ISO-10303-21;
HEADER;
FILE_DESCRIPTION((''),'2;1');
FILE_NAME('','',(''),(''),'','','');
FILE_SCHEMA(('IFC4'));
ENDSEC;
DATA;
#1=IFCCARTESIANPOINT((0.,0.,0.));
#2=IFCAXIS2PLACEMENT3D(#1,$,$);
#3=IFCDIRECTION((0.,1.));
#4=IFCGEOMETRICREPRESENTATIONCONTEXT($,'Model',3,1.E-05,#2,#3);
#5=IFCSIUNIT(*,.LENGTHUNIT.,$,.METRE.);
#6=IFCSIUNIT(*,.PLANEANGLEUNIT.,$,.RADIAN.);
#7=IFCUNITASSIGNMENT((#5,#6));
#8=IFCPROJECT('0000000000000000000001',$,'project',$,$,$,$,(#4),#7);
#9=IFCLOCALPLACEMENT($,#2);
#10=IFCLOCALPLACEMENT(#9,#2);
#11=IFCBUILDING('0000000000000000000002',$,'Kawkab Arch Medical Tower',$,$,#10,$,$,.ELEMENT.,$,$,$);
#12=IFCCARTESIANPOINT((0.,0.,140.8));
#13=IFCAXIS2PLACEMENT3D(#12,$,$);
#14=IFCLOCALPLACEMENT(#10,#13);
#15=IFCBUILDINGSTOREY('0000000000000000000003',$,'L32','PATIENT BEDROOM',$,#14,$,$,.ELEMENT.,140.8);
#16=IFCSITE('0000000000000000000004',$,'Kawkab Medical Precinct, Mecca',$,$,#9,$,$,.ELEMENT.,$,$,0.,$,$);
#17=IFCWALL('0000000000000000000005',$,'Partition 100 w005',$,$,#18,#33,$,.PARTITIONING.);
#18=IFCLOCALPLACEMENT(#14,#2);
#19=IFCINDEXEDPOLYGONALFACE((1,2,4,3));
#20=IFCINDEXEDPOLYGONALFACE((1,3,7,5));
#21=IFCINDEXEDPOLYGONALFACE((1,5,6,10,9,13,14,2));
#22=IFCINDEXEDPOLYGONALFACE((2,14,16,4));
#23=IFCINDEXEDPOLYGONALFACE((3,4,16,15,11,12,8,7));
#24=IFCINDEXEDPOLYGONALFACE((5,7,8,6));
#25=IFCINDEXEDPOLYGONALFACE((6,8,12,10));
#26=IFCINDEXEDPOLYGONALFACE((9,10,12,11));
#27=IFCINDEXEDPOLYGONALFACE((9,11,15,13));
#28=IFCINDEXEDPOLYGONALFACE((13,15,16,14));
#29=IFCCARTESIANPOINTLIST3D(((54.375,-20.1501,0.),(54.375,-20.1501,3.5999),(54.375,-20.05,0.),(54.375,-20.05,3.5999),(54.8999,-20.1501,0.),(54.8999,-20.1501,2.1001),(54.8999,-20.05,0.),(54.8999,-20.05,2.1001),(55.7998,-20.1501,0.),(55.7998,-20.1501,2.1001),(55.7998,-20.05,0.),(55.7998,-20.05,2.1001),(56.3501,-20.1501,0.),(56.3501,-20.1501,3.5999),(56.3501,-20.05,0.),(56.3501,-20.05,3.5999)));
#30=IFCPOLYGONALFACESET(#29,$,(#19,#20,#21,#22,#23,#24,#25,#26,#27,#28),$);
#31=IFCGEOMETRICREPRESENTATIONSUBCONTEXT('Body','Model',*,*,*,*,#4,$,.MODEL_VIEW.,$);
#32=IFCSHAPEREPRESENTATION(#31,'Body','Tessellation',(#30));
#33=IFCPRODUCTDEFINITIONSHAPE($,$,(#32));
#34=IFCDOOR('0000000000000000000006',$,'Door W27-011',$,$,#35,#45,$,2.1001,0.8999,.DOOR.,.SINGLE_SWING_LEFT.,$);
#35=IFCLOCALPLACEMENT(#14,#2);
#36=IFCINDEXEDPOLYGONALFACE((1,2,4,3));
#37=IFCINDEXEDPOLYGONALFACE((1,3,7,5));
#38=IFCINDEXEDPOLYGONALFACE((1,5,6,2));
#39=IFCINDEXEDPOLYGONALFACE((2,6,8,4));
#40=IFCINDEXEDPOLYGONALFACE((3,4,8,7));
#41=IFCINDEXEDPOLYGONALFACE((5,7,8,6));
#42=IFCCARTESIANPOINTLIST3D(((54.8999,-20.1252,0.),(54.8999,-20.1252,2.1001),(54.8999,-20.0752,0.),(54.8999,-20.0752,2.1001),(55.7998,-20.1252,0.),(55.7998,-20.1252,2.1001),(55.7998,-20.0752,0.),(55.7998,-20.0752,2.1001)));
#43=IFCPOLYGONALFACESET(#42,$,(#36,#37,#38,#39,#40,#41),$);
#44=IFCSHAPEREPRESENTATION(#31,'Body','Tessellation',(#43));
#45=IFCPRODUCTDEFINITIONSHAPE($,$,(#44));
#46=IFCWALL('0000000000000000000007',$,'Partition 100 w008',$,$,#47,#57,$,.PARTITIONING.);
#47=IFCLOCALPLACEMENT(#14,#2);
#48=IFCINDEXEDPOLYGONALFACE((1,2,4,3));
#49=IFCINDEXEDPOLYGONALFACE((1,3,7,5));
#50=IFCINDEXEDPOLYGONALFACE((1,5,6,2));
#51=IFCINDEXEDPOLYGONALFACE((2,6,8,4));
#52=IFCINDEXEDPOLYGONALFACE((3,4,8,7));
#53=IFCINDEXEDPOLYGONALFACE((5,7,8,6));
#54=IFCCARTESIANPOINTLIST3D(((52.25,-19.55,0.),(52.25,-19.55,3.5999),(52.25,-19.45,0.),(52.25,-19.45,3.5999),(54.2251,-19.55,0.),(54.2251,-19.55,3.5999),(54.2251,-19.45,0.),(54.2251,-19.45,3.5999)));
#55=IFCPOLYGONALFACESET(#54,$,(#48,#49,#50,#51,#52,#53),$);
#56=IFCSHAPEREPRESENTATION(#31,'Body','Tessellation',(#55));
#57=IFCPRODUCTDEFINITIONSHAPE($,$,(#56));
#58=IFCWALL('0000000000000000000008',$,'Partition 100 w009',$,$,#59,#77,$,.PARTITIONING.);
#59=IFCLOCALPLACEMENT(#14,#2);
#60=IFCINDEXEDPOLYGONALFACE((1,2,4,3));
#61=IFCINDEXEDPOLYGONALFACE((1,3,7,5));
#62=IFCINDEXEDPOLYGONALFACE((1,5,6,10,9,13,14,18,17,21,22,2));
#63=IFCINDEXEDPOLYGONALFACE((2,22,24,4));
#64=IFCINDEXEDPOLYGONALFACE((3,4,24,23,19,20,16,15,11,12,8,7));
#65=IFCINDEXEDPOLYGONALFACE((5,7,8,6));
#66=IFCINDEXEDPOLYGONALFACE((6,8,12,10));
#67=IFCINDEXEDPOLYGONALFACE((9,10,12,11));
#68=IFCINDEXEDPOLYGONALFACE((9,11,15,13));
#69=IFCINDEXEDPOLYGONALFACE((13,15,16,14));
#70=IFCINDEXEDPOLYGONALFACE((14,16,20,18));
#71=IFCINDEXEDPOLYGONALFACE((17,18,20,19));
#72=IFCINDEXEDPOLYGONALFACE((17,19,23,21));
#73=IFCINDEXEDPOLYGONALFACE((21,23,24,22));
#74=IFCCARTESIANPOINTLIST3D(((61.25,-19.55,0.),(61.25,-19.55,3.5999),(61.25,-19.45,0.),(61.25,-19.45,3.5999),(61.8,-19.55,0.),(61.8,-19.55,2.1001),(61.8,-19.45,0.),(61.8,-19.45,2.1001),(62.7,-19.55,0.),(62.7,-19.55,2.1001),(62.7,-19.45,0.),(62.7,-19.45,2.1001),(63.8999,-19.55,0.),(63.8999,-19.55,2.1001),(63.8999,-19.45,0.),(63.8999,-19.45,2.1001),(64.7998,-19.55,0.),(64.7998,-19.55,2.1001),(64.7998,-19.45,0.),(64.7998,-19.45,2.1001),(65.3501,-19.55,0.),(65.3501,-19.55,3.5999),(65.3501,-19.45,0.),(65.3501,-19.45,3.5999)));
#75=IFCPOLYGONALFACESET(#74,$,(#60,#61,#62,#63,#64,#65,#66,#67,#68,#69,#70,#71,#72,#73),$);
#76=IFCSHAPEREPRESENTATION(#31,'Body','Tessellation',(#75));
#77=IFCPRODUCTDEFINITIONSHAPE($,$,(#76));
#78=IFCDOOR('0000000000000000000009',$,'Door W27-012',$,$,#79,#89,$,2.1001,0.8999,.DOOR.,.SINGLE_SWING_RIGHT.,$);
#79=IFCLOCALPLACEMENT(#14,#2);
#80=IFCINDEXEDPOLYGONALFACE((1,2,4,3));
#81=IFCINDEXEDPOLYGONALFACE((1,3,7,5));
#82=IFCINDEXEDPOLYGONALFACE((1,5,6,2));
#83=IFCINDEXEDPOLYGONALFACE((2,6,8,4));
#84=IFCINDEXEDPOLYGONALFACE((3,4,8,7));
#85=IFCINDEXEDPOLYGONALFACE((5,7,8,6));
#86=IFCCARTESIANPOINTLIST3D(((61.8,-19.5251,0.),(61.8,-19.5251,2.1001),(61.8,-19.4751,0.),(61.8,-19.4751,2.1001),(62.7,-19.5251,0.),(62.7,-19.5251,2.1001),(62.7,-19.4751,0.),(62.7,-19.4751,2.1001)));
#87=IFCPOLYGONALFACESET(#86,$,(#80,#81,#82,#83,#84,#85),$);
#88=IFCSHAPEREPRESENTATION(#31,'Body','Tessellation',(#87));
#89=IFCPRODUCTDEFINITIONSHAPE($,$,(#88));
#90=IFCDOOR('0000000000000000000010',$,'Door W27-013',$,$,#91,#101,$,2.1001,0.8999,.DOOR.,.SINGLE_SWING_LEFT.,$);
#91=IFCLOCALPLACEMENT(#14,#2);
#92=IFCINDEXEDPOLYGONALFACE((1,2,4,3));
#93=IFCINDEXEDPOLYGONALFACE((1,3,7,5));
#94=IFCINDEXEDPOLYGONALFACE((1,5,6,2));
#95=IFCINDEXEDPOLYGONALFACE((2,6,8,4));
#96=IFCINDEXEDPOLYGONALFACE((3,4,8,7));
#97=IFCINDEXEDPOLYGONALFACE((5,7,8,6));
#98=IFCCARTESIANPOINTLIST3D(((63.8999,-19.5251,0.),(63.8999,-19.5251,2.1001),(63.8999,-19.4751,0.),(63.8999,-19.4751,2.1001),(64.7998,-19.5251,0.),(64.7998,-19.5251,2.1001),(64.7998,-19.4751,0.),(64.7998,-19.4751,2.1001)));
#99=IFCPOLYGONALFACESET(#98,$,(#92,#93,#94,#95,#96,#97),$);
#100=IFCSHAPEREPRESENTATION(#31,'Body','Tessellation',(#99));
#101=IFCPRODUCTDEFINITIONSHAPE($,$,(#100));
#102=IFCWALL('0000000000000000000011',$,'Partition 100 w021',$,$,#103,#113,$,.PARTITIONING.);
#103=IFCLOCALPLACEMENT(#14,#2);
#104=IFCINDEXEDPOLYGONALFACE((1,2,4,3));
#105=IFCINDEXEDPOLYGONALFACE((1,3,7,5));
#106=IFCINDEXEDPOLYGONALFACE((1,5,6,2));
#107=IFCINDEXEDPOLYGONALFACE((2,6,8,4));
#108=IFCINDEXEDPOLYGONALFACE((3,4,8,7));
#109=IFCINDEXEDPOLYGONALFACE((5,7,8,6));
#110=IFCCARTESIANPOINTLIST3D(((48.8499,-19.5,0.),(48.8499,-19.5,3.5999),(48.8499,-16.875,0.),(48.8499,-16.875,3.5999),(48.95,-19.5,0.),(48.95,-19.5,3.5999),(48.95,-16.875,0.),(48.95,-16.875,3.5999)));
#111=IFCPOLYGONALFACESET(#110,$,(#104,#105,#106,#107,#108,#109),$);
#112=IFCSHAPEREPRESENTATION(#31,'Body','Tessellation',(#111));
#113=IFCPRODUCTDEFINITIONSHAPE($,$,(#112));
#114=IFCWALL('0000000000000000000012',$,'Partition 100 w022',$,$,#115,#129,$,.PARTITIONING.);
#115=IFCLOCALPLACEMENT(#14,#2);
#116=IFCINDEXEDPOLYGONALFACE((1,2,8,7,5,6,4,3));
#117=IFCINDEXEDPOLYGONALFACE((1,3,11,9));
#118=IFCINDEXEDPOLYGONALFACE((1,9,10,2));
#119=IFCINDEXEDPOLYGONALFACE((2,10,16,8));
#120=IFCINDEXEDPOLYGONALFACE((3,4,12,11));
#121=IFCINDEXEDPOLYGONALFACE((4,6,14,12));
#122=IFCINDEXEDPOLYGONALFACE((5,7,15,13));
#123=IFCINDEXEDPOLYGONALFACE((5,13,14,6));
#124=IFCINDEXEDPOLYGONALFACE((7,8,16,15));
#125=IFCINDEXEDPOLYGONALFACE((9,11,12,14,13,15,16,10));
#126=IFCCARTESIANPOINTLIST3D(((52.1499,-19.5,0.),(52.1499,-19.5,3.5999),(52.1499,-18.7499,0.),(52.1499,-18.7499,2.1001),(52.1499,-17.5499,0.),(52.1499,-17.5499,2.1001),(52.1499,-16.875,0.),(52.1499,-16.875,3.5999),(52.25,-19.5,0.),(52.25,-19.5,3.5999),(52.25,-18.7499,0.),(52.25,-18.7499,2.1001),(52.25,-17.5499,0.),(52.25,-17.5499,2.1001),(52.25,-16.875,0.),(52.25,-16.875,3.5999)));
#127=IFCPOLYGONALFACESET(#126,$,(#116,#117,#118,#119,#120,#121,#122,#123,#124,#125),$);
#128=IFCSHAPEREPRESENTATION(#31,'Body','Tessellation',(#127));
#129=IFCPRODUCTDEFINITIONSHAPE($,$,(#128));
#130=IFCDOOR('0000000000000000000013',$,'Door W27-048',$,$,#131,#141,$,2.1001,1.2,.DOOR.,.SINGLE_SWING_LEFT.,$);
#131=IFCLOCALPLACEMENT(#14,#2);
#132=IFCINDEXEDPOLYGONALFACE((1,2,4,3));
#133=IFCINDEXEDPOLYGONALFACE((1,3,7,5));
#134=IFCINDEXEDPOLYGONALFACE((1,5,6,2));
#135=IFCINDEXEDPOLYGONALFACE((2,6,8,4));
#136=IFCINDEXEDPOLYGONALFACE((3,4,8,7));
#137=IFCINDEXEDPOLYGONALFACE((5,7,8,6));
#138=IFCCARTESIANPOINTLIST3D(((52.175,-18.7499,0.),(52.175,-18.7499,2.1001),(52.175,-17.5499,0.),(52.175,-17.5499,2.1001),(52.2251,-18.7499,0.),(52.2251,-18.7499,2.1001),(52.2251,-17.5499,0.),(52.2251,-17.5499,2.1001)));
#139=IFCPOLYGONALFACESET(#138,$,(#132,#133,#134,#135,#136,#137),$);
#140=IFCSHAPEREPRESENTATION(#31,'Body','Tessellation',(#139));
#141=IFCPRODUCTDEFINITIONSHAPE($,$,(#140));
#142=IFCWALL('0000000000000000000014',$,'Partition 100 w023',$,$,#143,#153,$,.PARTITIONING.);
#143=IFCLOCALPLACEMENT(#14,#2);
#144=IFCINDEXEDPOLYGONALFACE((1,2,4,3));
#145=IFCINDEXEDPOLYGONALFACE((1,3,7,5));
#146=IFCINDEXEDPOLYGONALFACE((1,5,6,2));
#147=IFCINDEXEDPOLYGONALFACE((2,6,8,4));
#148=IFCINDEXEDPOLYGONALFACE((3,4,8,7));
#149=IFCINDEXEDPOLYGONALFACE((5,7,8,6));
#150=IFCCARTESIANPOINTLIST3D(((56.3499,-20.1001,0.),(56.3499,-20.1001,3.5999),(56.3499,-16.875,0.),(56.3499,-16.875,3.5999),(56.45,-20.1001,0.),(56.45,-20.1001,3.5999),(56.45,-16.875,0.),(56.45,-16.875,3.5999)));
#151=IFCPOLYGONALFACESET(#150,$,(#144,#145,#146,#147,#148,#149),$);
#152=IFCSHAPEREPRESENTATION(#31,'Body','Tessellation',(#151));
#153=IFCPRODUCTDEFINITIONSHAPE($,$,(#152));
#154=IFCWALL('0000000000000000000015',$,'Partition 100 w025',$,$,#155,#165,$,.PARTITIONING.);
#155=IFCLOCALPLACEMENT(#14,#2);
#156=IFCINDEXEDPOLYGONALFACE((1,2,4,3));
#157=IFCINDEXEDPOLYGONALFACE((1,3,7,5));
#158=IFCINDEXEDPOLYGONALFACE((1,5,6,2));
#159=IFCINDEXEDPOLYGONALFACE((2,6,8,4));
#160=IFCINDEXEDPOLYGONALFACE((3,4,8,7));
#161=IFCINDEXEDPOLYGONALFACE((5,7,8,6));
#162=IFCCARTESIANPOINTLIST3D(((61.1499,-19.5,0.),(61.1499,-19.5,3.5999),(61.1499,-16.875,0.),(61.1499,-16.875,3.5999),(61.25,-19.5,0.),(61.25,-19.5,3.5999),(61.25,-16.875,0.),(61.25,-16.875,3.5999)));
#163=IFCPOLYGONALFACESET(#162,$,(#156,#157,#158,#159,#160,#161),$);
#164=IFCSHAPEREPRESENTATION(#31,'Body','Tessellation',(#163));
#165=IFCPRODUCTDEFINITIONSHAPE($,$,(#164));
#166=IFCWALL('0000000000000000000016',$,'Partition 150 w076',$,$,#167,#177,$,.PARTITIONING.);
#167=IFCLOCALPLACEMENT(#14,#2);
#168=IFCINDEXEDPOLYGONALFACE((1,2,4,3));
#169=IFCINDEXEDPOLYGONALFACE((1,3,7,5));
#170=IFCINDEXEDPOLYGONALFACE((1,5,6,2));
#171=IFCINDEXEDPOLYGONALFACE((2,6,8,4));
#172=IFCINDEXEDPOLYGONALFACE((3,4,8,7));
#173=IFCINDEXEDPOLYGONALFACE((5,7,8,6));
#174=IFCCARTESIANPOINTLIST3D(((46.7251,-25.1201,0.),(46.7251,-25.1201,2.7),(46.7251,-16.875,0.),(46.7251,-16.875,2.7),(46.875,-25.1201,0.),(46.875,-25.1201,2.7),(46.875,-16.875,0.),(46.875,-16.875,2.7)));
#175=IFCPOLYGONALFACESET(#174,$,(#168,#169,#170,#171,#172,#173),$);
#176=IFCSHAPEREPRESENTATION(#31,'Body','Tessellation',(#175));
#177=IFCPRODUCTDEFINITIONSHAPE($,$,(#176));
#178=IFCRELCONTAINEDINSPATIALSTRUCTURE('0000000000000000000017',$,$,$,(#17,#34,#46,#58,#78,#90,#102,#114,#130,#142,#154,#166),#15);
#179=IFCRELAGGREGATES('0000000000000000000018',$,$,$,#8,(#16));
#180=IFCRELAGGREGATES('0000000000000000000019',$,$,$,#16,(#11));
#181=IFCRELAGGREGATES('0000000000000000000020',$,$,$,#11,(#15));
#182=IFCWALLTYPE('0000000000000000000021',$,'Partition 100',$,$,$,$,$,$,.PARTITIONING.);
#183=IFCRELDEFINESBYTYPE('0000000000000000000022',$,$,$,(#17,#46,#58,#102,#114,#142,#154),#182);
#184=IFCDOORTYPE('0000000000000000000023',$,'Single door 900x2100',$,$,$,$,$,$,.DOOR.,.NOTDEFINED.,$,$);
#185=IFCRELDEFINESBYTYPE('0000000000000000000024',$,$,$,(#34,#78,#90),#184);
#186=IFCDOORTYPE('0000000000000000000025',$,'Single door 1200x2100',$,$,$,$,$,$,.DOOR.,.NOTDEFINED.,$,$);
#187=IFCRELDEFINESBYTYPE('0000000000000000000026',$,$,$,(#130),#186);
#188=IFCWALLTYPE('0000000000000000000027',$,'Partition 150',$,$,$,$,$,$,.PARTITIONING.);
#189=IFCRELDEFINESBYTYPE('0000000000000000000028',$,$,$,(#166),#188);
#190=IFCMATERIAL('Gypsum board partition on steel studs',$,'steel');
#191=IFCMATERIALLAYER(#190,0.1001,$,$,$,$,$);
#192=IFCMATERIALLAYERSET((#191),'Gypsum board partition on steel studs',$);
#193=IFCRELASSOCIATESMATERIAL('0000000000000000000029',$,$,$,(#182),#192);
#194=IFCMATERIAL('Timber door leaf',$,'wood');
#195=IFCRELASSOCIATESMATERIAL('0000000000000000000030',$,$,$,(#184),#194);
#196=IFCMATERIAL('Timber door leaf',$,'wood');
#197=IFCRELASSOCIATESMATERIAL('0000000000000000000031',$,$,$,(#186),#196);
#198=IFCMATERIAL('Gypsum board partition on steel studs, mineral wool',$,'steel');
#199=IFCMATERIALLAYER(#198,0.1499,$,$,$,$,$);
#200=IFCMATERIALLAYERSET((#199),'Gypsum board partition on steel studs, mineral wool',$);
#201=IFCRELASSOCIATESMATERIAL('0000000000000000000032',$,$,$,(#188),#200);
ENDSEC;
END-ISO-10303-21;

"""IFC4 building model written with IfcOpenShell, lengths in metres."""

from ifc_helpers import new_model, si_unit, direction, frame, frame_2d, origin, place, context, subcontext, project, spatial, rectangle, extrude, material, layer, layer_set, type_object, element, fill, save


model = new_model("IFC4")

# Units and contexts
model_context = context("Model", 3, precision=1e-05, world=origin(), true_north=direction((0.0, 1.0)))
body_context = subcontext(model_context, "Body", "Model", "MODEL_VIEW")
ifc_project = project(units=[si_unit("LENGTHUNIT", "METRE"), si_unit("PLANEANGLEUNIT", "RADIAN")], contexts=[model_context])

# Site, building, storey
site_placement = place(None, origin())
site = spatial("IfcSite", under=ifc_project, at=site_placement, Name="Kawkab Medical Precinct, Mecca", CompositionType="ELEMENT", RefElevation=0.0)
building_placement = place(site_placement, origin())
building = spatial("IfcBuilding", under=site, at=building_placement, Name="Kawkab Arch Medical Tower", CompositionType="ELEMENT")
storey_placement = place(building_placement, frame((0.0, 0.0, 140.8)))
storey = spatial("IfcBuildingStorey", under=building, at=storey_placement, Name="L32", Description="PATIENT BEDROOM", CompositionType="ELEMENT", Elevation=140.8)

# Wall, opening, door
ifc_material_1 = material(Name="Gypsum board partition on steel studs", Category="steel")
ifc_layer_1 = layer(ifc_material_1, 0.1001)
ifc_layer_set_1 = layer_set([ifc_layer_1], Name="Gypsum board partition on steel studs")
wall_type_1 = type_object("IfcWallType", Name="Partition 100", PredefinedType="PARTITIONING", material=ifc_layer_set_1)
wall_1_placement = place(storey_placement, frame((54.375, -20.1001, 0.0), z_axis=(0.0, 0.0, 1.0), x_axis=(1.0, 0.0, 0.0)))
wall_1 = element("IfcWall", 1, at=wall_1_placement, inside=storey, type_object=wall_type_1, Name="Partition 100 w005", PredefinedType="PARTITIONING", context=body_context, shape_type="SweptSolid", body=[
    extrude(rectangle(XDim=1.9751, YDim=0.1001, at=frame_2d((0.9875, 0.0))), origin(), (0.0, 0.0, 1.0), 3.5999),
])
opening_1_placement = place(wall_1_placement, frame((0.5249, 0.0, 0.0)))
opening_1 = element("IfcOpeningElement", 2, at=opening_1_placement, cuts=wall_1, PredefinedType="OPENING", context=body_context, shape_type="SweptSolid", body=[
    extrude(rectangle(XDim=0.8999, YDim=2.1001, at=frame_2d((0.45, 1.05))), frame((0.0, 0.0601, 0.0), z_axis=(0.0, -1.0, 0.0), x_axis=(1.0, 0.0, 0.0)), (0.0, 0.0, 1.0), 0.1201),
])
ifc_material_2 = material(Name="Timber door leaf", Category="wood")
door_type_1 = type_object("IfcDoorType", Name="Single door 900x2100", OperationType="NOTDEFINED", PredefinedType="DOOR", material=ifc_material_2)
door_1_placement = place(opening_1_placement, origin())
door_1 = element("IfcDoor", 3, at=door_1_placement, inside=storey, type_object=door_type_1, Name="Door W27-011", OperationType="SINGLE_SWING_LEFT", OverallHeight=2.1001, OverallWidth=0.8999, PredefinedType="DOOR", context=body_context, shape_type="SweptSolid", body=[
    extrude(rectangle(XDim=0.8999, YDim=2.1001, at=frame_2d((0.45, 1.05))), frame((0.0, 0.0249, 0.0), z_axis=(0.0, -1.0, 0.0), x_axis=(1.0, 0.0, 0.0)), (0.0, 0.0, 1.0), 0.05),
])
fill(opening_1, door_1)

# Wall
wall_2_placement = place(storey_placement, frame((52.25, -19.5, 0.0), z_axis=(0.0, 0.0, 1.0), x_axis=(1.0, 0.0, 0.0)))
element("IfcWall", 4, at=wall_2_placement, inside=storey, type_object=wall_type_1, Name="Partition 100 w008", PredefinedType="PARTITIONING", context=body_context, shape_type="SweptSolid", body=[
    extrude(rectangle(XDim=1.9751, YDim=0.1001, at=frame_2d((0.9875, 0.0))), origin(), (0.0, 0.0, 1.0), 3.5999),
])

# Wall, openings, doors
wall_3_placement = place(storey_placement, frame((61.25, -19.5, 0.0), z_axis=(0.0, 0.0, 1.0), x_axis=(1.0, 0.0, 0.0)))
wall_3 = element("IfcWall", 5, at=wall_3_placement, inside=storey, type_object=wall_type_1, Name="Partition 100 w009", PredefinedType="PARTITIONING", context=body_context, shape_type="SweptSolid", body=[
    extrude(rectangle(XDim=4.1001, YDim=0.1001, at=frame_2d((2.05, 0.0))), origin(), (0.0, 0.0, 1.0), 3.5999),
])
opening_2_placement = place(wall_3_placement, frame((0.55, 0.0, 0.0)))
opening_2 = element("IfcOpeningElement", 6, at=opening_2_placement, cuts=wall_3, PredefinedType="OPENING", context=body_context, shape_type="SweptSolid", body=[
    extrude(rectangle(XDim=0.8999, YDim=2.1001, at=frame_2d((0.45, 1.05))), frame((0.0, 0.0601, 0.0), z_axis=(0.0, -1.0, 0.0), x_axis=(1.0, 0.0, 0.0)), (0.0, 0.0, 1.0), 0.1201),
])
opening_3_placement = place(wall_3_placement, frame((2.6499, 0.0, 0.0)))
opening_3 = element("IfcOpeningElement", 7, at=opening_3_placement, cuts=wall_3, PredefinedType="OPENING", context=body_context, shape_type="SweptSolid", body=[
    extrude(rectangle(XDim=0.8999, YDim=2.1001, at=frame_2d((0.45, 1.05))), frame((0.0, 0.0601, 0.0), z_axis=(0.0, -1.0, 0.0), x_axis=(1.0, 0.0, 0.0)), (0.0, 0.0, 1.0), 0.1201),
])
door_2_placement = place(opening_2_placement, origin())
door_2 = element("IfcDoor", 8, at=door_2_placement, inside=storey, type_object=door_type_1, Name="Door W27-012", OperationType="SINGLE_SWING_RIGHT", OverallHeight=2.1001, OverallWidth=0.8999, PredefinedType="DOOR", context=body_context, shape_type="SweptSolid", body=[
    extrude(rectangle(XDim=0.8999, YDim=2.1001, at=frame_2d((0.45, 1.05))), frame((0.0, 0.0249, 0.0), z_axis=(0.0, -1.0, 0.0), x_axis=(1.0, 0.0, 0.0)), (0.0, 0.0, 1.0), 0.05),
])
fill(opening_2, door_2)
door_3_placement = place(opening_3_placement, origin())
door_3 = element("IfcDoor", 9, at=door_3_placement, inside=storey, type_object=door_type_1, Name="Door W27-013", OperationType="SINGLE_SWING_LEFT", OverallHeight=2.1001, OverallWidth=0.8999, PredefinedType="DOOR", context=body_context, shape_type="SweptSolid", body=[
    extrude(rectangle(XDim=0.8999, YDim=2.1001, at=frame_2d((0.45, 1.05))), frame((0.0, 0.0249, 0.0), z_axis=(0.0, -1.0, 0.0), x_axis=(1.0, 0.0, 0.0)), (0.0, 0.0, 1.0), 0.05),
])
fill(opening_3, door_3)

# Wall
wall_4_placement = place(storey_placement, frame((48.8999, -19.5, 0.0), z_axis=(0.0, 0.0, 1.0), x_axis=(0.0, 1.0, 0.0)))
element("IfcWall", 10, at=wall_4_placement, inside=storey, type_object=wall_type_1, Name="Partition 100 w021", PredefinedType="PARTITIONING", context=body_context, shape_type="SweptSolid", body=[
    extrude(rectangle(XDim=2.625, YDim=0.1001, at=frame_2d((1.3125, 0.0))), origin(), (0.0, 0.0, 1.0), 3.5999),
])

# Wall, opening, door
wall_5_placement = place(storey_placement, frame((52.2, -19.5, 0.0), z_axis=(0.0, 0.0, 1.0), x_axis=(0.0, 1.0, 0.0)))
wall_5 = element("IfcWall", 11, at=wall_5_placement, inside=storey, type_object=wall_type_1, Name="Partition 100 w022", PredefinedType="PARTITIONING", context=body_context, shape_type="SweptSolid", body=[
    extrude(rectangle(XDim=2.625, YDim=0.1001, at=frame_2d((1.3125, 0.0))), origin(), (0.0, 0.0, 1.0), 3.5999),
])
opening_4_placement = place(wall_5_placement, frame((0.75, 0.0, 0.0)))
opening_4 = element("IfcOpeningElement", 12, at=opening_4_placement, cuts=wall_5, PredefinedType="OPENING", context=body_context, shape_type="SweptSolid", body=[
    extrude(rectangle(XDim=1.2, YDim=2.1001, at=frame_2d((0.6001, 1.05))), frame((0.0, 0.0601, 0.0), z_axis=(0.0, -1.0, 0.0), x_axis=(1.0, 0.0, 0.0)), (0.0, 0.0, 1.0), 0.1201),
])
ifc_material_3 = material(Name="Timber door leaf", Category="wood")
door_type_2 = type_object("IfcDoorType", Name="Single door 1200x2100", OperationType="NOTDEFINED", PredefinedType="DOOR", material=ifc_material_3)
door_4_placement = place(opening_4_placement, origin())
door_4 = element("IfcDoor", 13, at=door_4_placement, inside=storey, type_object=door_type_2, Name="Door W27-048", OperationType="SINGLE_SWING_LEFT", OverallHeight=2.1001, OverallWidth=1.2, PredefinedType="DOOR", context=body_context, shape_type="SweptSolid", body=[
    extrude(rectangle(XDim=1.2, YDim=2.1001, at=frame_2d((0.6001, 1.05))), frame((0.0, 0.0249, 0.0), z_axis=(0.0, -1.0, 0.0), x_axis=(1.0, 0.0, 0.0)), (0.0, 0.0, 1.0), 0.05),
])
fill(opening_4, door_4)

# Walls
wall_6_placement = place(storey_placement, frame((56.3999, -20.1001, 0.0), z_axis=(0.0, 0.0, 1.0), x_axis=(0.0, 1.0, 0.0)))
element("IfcWall", 14, at=wall_6_placement, inside=storey, type_object=wall_type_1, Name="Partition 100 w023", PredefinedType="PARTITIONING", context=body_context, shape_type="SweptSolid", body=[
    extrude(rectangle(XDim=3.2251, YDim=0.1001, at=frame_2d((1.6125, 0.0))), origin(), (0.0, 0.0, 1.0), 3.5999),
])
wall_7_placement = place(storey_placement, frame((61.2, -19.5, 0.0), z_axis=(0.0, 0.0, 1.0), x_axis=(0.0, 1.0, 0.0)))
element("IfcWall", 15, at=wall_7_placement, inside=storey, type_object=wall_type_1, Name="Partition 100 w025", PredefinedType="PARTITIONING", context=body_context, shape_type="SweptSolid", body=[
    extrude(rectangle(XDim=2.625, YDim=0.1001, at=frame_2d((1.3125, 0.0))), origin(), (0.0, 0.0, 1.0), 3.5999),
])
ifc_material_4 = material(Name="Gypsum board partition on steel studs, mineral wool", Category="steel")
ifc_layer_2 = layer(ifc_material_4, 0.1499)
ifc_layer_set_2 = layer_set([ifc_layer_2], Name="Gypsum board partition on steel studs, mineral wool")
wall_type_2 = type_object("IfcWallType", Name="Partition 150", PredefinedType="PARTITIONING", material=ifc_layer_set_2)
for number, where, z_axis, x_axis, name in (
    (16, (46.8, -25.1201, 0.0), (0.0, 0.0, 1.0), (0.0, 1.0, 0.0), "Partition 150 w076"),
):
    element("IfcWall", number, at=place(storey_placement, frame(where, z_axis=z_axis, x_axis=x_axis)), inside=storey, type_object=wall_type_2, Name=name, PredefinedType="PARTITIONING", context=body_context, shape_type="SweptSolid", body=[
        extrude(rectangle(XDim=8.2451, YDim=0.1499, at=frame_2d((4.1226, 0.0))), origin(), (0.0, 0.0, 1.0), 2.7),
    ])

save(model, "model.ifc")
